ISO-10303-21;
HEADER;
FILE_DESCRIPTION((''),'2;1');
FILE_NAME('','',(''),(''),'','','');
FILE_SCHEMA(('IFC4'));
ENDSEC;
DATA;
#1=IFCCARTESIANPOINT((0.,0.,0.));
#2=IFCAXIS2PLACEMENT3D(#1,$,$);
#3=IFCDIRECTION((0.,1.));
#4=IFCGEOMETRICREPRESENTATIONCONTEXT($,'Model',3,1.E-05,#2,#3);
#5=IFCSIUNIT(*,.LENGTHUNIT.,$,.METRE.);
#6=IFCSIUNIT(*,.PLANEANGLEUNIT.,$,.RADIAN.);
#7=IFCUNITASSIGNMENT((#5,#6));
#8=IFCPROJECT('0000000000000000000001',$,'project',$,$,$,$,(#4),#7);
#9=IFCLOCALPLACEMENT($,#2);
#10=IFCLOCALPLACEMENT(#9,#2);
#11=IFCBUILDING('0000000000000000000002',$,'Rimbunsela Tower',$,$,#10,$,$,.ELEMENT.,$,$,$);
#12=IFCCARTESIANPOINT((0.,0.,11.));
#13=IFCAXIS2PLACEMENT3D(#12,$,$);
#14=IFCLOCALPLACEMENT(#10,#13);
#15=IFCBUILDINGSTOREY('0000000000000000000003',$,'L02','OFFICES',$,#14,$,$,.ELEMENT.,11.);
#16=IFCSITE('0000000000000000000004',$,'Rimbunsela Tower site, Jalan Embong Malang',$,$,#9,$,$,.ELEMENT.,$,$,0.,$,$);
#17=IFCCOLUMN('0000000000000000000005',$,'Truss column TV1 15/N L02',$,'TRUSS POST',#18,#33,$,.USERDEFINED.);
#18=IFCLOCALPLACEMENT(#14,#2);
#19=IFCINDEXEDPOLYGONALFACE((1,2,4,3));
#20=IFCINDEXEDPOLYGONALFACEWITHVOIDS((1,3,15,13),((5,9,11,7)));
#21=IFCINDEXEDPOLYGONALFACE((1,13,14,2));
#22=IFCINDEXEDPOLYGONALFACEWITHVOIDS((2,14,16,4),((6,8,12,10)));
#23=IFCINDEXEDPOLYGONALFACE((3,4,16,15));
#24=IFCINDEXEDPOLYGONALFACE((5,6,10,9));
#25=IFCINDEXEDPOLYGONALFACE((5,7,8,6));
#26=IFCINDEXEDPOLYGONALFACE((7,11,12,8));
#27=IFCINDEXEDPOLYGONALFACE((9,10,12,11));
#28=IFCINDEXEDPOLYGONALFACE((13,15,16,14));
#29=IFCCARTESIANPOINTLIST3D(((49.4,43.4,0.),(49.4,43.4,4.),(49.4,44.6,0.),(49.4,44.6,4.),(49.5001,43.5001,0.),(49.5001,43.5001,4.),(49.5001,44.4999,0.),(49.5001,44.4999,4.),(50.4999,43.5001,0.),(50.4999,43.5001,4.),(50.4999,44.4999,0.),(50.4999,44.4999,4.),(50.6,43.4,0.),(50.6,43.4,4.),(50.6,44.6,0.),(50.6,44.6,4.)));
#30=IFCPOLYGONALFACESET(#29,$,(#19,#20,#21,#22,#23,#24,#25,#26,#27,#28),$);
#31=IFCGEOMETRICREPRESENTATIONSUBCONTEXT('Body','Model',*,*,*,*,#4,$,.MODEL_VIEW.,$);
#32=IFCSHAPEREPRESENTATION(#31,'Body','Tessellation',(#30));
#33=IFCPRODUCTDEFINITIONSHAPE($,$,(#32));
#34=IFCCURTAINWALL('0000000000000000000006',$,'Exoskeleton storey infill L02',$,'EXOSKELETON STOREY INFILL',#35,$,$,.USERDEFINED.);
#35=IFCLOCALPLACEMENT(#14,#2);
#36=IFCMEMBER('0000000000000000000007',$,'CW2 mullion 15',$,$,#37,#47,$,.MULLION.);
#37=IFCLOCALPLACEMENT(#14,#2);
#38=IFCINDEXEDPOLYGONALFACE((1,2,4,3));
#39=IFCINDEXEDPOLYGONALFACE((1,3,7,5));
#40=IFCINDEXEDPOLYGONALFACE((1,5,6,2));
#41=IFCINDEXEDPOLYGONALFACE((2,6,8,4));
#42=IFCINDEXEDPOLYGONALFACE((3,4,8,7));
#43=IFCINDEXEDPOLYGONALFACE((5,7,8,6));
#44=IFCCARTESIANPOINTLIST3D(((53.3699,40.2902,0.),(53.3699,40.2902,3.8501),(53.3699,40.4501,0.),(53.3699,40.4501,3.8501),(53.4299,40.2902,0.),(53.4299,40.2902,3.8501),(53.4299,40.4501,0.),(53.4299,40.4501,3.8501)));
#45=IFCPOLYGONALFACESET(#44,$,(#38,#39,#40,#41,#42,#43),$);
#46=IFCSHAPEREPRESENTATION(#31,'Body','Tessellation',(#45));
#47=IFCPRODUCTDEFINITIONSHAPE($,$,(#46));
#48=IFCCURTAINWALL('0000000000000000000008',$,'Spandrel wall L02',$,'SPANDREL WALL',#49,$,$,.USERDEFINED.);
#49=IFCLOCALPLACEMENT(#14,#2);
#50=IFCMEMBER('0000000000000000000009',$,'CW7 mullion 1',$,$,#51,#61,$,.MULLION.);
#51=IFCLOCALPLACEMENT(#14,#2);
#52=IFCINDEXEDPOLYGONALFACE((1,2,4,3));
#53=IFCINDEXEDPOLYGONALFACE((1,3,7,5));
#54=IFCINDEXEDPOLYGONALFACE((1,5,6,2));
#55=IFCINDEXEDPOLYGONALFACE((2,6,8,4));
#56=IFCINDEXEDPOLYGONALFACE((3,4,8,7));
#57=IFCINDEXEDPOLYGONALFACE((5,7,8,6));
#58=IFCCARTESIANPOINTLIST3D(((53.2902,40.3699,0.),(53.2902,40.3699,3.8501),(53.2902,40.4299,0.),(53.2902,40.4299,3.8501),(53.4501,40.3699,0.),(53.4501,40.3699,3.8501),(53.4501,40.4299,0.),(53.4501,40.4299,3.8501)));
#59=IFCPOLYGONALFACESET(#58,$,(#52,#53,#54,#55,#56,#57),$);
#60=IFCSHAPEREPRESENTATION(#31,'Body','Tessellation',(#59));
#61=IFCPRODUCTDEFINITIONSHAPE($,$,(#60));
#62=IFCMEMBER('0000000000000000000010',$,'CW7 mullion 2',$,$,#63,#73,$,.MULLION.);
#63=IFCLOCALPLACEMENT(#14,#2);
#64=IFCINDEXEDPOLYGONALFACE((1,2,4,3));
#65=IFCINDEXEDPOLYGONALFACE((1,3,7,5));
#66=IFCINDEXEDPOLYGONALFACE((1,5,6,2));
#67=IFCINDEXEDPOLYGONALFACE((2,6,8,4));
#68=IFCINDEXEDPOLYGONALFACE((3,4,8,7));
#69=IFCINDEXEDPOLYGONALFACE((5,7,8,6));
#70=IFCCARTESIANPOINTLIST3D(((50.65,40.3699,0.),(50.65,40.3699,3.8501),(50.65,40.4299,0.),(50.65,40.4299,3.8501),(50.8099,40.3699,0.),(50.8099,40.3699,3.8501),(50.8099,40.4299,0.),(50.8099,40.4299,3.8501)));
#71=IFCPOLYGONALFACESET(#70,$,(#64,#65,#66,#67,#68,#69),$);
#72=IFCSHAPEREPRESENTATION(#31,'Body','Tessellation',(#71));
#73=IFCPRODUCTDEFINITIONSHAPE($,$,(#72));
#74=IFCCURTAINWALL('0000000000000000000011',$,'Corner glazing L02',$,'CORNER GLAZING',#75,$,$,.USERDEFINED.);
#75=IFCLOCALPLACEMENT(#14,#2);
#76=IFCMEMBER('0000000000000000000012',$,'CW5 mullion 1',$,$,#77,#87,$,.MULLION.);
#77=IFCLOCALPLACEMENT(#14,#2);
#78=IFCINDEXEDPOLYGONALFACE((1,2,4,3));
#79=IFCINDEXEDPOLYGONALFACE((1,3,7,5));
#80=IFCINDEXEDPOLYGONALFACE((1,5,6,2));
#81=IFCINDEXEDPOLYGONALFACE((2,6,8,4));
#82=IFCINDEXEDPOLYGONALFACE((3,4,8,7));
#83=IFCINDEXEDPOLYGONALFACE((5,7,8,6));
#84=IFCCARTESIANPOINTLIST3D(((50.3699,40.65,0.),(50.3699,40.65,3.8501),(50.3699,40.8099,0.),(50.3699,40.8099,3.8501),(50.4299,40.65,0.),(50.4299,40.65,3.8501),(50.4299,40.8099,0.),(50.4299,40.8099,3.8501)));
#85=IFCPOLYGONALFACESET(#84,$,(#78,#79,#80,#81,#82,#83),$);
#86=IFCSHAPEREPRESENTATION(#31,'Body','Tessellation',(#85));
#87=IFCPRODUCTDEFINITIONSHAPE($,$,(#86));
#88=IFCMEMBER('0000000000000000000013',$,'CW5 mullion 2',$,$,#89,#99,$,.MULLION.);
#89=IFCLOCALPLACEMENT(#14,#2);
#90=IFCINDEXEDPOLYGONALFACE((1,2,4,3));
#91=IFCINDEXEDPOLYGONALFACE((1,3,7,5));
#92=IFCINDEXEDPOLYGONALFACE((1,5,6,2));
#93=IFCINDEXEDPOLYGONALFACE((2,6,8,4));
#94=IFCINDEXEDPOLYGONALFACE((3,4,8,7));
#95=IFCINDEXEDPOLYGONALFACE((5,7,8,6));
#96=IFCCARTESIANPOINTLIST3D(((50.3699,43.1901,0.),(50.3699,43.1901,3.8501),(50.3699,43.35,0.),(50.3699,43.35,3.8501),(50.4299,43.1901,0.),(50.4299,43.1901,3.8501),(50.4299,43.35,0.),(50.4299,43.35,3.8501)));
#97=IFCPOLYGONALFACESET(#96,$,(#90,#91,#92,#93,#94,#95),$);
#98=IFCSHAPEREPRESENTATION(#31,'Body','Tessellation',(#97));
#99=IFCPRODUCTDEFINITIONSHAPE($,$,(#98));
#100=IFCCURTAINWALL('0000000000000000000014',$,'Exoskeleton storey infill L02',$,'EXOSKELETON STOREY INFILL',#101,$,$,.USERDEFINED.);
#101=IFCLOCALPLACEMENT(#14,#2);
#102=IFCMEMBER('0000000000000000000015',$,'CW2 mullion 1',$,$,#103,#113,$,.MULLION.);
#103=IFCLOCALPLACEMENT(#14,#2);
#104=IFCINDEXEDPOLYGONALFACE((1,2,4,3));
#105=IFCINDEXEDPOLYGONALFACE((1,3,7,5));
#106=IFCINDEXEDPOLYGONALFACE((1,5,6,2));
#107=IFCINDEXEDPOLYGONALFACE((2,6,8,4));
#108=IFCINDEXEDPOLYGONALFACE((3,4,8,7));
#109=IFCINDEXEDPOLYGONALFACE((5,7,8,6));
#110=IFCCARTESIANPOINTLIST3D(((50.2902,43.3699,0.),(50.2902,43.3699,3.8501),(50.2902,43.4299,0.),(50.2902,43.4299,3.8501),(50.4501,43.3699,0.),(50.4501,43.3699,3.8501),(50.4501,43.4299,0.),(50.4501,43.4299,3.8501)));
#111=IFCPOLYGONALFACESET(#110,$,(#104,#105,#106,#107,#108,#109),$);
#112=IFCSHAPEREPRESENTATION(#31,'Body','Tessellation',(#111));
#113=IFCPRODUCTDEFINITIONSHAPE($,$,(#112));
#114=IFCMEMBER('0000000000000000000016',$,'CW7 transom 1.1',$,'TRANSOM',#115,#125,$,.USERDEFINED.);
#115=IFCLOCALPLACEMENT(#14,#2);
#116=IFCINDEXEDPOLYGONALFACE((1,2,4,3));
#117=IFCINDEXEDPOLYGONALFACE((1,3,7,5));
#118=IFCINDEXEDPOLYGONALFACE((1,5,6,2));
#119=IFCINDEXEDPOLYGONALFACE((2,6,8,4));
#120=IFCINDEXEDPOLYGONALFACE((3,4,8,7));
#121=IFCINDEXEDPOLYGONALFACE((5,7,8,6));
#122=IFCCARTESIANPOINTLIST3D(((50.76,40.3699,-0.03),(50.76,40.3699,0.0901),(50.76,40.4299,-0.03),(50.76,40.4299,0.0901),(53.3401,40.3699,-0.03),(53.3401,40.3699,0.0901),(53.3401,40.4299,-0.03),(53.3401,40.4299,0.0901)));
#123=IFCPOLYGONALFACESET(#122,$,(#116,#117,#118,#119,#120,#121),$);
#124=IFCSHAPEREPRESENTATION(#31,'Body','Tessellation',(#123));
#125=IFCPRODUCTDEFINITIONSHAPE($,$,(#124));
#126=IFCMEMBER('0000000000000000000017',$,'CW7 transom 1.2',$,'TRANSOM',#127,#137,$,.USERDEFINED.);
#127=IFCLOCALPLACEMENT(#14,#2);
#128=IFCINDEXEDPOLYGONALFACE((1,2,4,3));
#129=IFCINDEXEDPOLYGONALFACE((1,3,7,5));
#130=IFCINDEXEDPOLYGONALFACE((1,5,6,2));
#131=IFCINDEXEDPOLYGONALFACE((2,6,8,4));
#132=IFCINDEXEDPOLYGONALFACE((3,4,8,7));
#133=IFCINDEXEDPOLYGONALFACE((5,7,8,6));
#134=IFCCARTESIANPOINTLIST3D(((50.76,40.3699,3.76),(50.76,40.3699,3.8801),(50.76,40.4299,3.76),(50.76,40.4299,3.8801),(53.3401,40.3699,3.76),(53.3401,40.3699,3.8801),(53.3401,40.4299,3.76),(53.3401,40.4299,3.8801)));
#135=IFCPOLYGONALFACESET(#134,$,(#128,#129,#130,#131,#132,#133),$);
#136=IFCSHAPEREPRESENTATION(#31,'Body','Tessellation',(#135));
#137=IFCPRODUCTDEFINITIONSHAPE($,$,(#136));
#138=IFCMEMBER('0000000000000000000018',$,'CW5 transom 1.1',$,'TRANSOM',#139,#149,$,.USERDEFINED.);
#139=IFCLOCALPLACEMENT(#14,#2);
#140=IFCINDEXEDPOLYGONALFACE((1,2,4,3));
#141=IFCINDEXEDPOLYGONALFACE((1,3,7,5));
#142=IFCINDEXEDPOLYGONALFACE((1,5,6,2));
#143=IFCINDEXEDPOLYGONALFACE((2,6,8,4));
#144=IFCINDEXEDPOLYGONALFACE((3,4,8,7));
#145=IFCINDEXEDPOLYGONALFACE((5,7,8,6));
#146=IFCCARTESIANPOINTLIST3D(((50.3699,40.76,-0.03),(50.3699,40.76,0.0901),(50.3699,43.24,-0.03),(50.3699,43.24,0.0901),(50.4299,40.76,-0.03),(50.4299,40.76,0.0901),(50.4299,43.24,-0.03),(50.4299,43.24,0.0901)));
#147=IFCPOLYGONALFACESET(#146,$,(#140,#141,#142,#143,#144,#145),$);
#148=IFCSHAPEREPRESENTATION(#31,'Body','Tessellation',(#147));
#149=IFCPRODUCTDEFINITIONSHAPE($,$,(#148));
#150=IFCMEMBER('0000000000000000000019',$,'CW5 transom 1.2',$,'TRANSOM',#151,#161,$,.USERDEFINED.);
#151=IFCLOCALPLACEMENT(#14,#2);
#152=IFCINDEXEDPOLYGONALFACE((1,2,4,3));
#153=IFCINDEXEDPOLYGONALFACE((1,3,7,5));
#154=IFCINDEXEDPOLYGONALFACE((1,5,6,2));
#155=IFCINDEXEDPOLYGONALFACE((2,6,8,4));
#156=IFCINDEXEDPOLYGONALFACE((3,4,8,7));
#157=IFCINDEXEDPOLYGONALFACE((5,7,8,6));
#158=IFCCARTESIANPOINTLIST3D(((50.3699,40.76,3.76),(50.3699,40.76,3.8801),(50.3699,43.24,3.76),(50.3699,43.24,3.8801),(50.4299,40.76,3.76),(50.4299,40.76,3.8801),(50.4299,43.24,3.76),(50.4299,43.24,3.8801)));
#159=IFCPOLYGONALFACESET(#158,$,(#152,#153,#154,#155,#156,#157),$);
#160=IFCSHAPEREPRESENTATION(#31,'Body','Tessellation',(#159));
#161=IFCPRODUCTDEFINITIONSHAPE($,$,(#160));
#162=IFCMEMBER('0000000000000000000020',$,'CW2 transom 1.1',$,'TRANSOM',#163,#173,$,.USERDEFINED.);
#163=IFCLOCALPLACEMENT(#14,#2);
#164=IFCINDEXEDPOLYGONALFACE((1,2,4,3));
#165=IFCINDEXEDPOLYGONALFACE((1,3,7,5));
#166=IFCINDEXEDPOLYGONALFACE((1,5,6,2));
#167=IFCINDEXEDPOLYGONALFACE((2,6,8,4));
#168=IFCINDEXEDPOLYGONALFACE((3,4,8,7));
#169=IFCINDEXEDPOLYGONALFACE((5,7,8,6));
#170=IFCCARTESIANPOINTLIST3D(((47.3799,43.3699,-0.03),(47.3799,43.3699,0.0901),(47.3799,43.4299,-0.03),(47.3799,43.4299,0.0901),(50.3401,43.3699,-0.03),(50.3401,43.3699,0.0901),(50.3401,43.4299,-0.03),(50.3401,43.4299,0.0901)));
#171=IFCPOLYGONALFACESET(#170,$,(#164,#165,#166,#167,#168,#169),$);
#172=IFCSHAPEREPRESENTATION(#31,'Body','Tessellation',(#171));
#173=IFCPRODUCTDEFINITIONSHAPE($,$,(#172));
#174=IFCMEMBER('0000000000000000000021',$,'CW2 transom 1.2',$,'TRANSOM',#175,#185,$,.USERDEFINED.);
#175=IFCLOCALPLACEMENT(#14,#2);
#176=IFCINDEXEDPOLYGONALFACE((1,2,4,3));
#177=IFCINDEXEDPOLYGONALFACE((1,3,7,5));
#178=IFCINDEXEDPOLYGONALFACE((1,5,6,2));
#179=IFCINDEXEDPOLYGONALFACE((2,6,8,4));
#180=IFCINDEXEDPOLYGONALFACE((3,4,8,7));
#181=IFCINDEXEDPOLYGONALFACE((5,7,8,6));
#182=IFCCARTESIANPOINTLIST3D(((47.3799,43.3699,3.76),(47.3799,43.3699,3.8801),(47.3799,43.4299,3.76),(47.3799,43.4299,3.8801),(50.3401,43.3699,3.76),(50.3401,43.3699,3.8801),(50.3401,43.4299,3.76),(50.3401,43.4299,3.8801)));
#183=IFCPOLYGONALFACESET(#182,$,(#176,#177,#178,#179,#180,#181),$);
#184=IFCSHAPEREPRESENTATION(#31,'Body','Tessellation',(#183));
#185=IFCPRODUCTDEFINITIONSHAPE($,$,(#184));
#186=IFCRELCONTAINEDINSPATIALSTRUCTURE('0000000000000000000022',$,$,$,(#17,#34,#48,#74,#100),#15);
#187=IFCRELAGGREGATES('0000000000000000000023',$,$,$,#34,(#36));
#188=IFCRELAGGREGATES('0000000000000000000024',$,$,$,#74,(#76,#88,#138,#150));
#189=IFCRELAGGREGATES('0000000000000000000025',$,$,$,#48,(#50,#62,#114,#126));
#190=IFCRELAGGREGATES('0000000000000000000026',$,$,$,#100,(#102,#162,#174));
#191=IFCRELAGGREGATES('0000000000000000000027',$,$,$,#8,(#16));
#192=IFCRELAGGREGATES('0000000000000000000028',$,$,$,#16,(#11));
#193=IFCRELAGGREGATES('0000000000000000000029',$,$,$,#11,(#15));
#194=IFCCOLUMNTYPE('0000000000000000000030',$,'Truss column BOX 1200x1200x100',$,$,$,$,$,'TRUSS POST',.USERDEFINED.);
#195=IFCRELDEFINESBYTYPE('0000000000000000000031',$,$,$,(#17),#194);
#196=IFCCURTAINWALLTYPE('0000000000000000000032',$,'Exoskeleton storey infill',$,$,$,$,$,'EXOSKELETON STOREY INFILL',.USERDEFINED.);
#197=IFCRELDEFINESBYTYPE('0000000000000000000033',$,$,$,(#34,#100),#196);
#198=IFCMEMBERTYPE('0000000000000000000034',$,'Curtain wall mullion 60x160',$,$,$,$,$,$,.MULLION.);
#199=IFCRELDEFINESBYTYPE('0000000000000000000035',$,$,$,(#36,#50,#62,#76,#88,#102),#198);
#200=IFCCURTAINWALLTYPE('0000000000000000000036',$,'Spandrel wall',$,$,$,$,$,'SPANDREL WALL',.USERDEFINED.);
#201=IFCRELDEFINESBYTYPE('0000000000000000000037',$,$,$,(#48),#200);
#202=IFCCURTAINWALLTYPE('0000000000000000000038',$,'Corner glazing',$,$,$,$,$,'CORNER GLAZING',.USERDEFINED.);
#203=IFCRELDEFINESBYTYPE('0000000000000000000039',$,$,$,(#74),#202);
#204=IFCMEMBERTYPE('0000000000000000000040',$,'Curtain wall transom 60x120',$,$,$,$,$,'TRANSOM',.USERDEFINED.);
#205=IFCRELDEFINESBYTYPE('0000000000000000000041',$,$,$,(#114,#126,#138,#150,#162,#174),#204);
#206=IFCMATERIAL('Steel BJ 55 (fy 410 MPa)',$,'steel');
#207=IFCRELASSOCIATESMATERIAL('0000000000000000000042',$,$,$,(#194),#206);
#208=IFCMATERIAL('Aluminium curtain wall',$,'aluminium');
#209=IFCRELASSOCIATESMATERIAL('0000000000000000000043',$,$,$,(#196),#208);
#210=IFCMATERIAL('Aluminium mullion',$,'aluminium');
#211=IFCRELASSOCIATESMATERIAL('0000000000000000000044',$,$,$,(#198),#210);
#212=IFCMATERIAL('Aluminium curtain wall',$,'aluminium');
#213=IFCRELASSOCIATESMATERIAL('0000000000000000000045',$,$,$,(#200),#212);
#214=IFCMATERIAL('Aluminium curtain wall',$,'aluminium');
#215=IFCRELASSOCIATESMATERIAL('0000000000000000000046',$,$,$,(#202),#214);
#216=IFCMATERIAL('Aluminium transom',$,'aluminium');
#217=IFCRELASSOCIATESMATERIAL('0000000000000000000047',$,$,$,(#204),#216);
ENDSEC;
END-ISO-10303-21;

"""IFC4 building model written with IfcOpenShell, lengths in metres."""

from ifc_helpers import new_model, si_unit, direction, frame, origin, origin_2d, place, context, subcontext, project, spatial, rectangle, hollow_rectangle, extrude, material, material_profile, profile_set, type_object, element, aggregate, save


model = new_model("IFC4")

# Units and contexts
model_context = context("Model", 3, precision=1e-05, world=origin(), true_north=direction((0.0, 1.0)))
body_context = subcontext(model_context, "Body", "Model", "MODEL_VIEW")
ifc_project = project(units=[si_unit("LENGTHUNIT", "METRE"), si_unit("PLANEANGLEUNIT", "RADIAN")], contexts=[model_context])

# Site, building, storey
site_placement = place(None, origin())
site = spatial("IfcSite", under=ifc_project, at=site_placement, Name="Rimbunsela Tower site, Jalan Embong Malang", CompositionType="ELEMENT", RefElevation=0.0)
building_placement = place(site_placement, origin())
building = spatial("IfcBuilding", under=site, at=building_placement, Name="Rimbunsela Tower", CompositionType="ELEMENT")
storey_placement = place(building_placement, frame((0.0, 0.0, 11.0)))
storey = spatial("IfcBuildingStorey", under=building, at=storey_placement, Name="L02", Description="OFFICES", CompositionType="ELEMENT", Elevation=11.0)

# Column
ifc_material_1 = material(Name="Steel BJ 55 (fy 410 MPa)", Category="steel")
ifc_material_profile_1 = material_profile(ifc_material_1, hollow_rectangle(XDim=1.2, YDim=1.2, WallThickness=0.1001, at=origin_2d()), Name="BOX 1200x1200x100")
ifc_profile_set_1 = profile_set([ifc_material_profile_1], Name="Steel BJ 55 (fy 410 MPa)")
column_type = type_object("IfcColumnType", Name="Truss column BOX 1200x1200x100", ElementType="TRUSS POST", PredefinedType="USERDEFINED", material=ifc_profile_set_1)
column_placement = place(storey_placement, frame((50.0, 44.0, 0.0), z_axis=(0.0, 0.0, 1.0), x_axis=(1.0, 0.0, 0.0)))
element("IfcColumn", 1, at=column_placement, inside=storey, type_object=column_type, Name="Truss column TV1 15/N L02", ObjectType="TRUSS POST", PredefinedType="USERDEFINED", context=body_context, shape_type="SweptSolid", body=[
    extrude(hollow_rectangle(XDim=1.2, YDim=1.2, WallThickness=0.1001, at=origin_2d()), origin(), (0.0, 0.0, 1.0), 4.0),
])

# Curtain wall, member
ifc_material_2 = material(Name="Aluminium curtain wall", Category="aluminium")
curtain_wall_type_1 = type_object("IfcCurtainWallType", Name="Exoskeleton storey infill", ElementType="EXOSKELETON STOREY INFILL", PredefinedType="USERDEFINED", material=ifc_material_2)
curtain_wall_1_placement = place(storey_placement, origin())
curtain_wall_1 = element("IfcCurtainWall", 2, at=curtain_wall_1_placement, inside=storey, type_object=curtain_wall_type_1, Name="Exoskeleton storey infill L02", ObjectType="EXOSKELETON STOREY INFILL", PredefinedType="USERDEFINED")
ifc_material_3 = material(Name="Aluminium mullion", Category="aluminium")
ifc_material_profile_2 = material_profile(ifc_material_3, rectangle(XDim=0.0601, YDim=0.1599, at=origin_2d()), Name="Mullion 60x160")
ifc_profile_set_2 = profile_set([ifc_material_profile_2], Name="Aluminium mullion")
member_type_1 = type_object("IfcMemberType", Name="Curtain wall mullion 60x160", PredefinedType="MULLION", material=ifc_profile_set_2)
member_1_placement = place(storey_placement, frame((53.3999, 40.3701, 0.0), z_axis=(0.0, 0.0, 1.0), x_axis=(-1.0, 0.0, 0.0)))
member_1 = element("IfcMember", 3, at=member_1_placement, type_object=member_type_1, Name="CW2 mullion 15", PredefinedType="MULLION", context=body_context, shape_type="SweptSolid", body=[
    extrude(rectangle(XDim=0.0601, YDim=0.1599, at=origin_2d()), origin(), (0.0, 0.0, 1.0), 3.8501),
])
aggregate(curtain_wall_1, [member_1])

# Curtain walls, members
ifc_material_4 = material(Name="Aluminium curtain wall", Category="aluminium")
curtain_wall_type_2 = type_object("IfcCurtainWallType", Name="Spandrel wall", ElementType="SPANDREL WALL", PredefinedType="USERDEFINED", material=ifc_material_4)
curtain_wall_2_placement = place(storey_placement, origin())
curtain_wall_2 = element("IfcCurtainWall", 4, at=curtain_wall_2_placement, inside=storey, type_object=curtain_wall_type_2, Name="Spandrel wall L02", ObjectType="SPANDREL WALL", PredefinedType="USERDEFINED")
member_2_placement = place(storey_placement, frame((53.3701, 40.3999, 0.0), z_axis=(0.0, 0.0, 1.0), x_axis=(0.0, -1.0, 0.0)))
member_2 = element("IfcMember", 5, at=member_2_placement, type_object=member_type_1, Name="CW7 mullion 1", PredefinedType="MULLION", context=body_context, shape_type="SweptSolid", body=[
    extrude(rectangle(XDim=0.0601, YDim=0.1599, at=origin_2d()), origin(), (0.0, 0.0, 1.0), 3.8501),
])
member_3_placement = place(storey_placement, frame((50.73, 40.3999, 0.0), z_axis=(0.0, 0.0, 1.0), x_axis=(0.0, -1.0, 0.0)))
member_3 = element("IfcMember", 6, at=member_3_placement, type_object=member_type_1, Name="CW7 mullion 2", PredefinedType="MULLION", context=body_context, shape_type="SweptSolid", body=[
    extrude(rectangle(XDim=0.0601, YDim=0.1599, at=origin_2d()), origin(), (0.0, 0.0, 1.0), 3.8501),
])
ifc_material_5 = material(Name="Aluminium curtain wall", Category="aluminium")
curtain_wall_type_3 = type_object("IfcCurtainWallType", Name="Corner glazing", ElementType="CORNER GLAZING", PredefinedType="USERDEFINED", material=ifc_material_5)
curtain_wall_3_placement = place(storey_placement, origin())
curtain_wall_3 = element("IfcCurtainWall", 7, at=curtain_wall_3_placement, inside=storey, type_object=curtain_wall_type_3, Name="Corner glazing L02", ObjectType="CORNER GLAZING", PredefinedType="USERDEFINED")
member_4_placement = place(storey_placement, frame((50.3999, 40.73, 0.0), z_axis=(0.0, 0.0, 1.0), x_axis=(-1.0, 0.0, 0.0)))
member_4 = element("IfcMember", 8, at=member_4_placement, type_object=member_type_1, Name="CW5 mullion 1", PredefinedType="MULLION", context=body_context, shape_type="SweptSolid", body=[
    extrude(rectangle(XDim=0.0601, YDim=0.1599, at=origin_2d()), origin(), (0.0, 0.0, 1.0), 3.8501),
])
member_5_placement = place(storey_placement, frame((50.3999, 43.27, 0.0), z_axis=(0.0, 0.0, 1.0), x_axis=(-1.0, 0.0, 0.0)))
member_5 = element("IfcMember", 9, at=member_5_placement, type_object=member_type_1, Name="CW5 mullion 2", PredefinedType="MULLION", context=body_context, shape_type="SweptSolid", body=[
    extrude(rectangle(XDim=0.0601, YDim=0.1599, at=origin_2d()), origin(), (0.0, 0.0, 1.0), 3.8501),
])

# Curtain wall, member
curtain_wall_4_placement = place(storey_placement, origin())
curtain_wall_4 = element("IfcCurtainWall", 10, at=curtain_wall_4_placement, inside=storey, type_object=curtain_wall_type_1, Name="Exoskeleton storey infill L02", ObjectType="EXOSKELETON STOREY INFILL", PredefinedType="USERDEFINED")
member_6_placement = place(storey_placement, frame((50.3701, 43.3999, 0.0), z_axis=(0.0, 0.0, 1.0), x_axis=(0.0, -1.0, 0.0)))
member_6 = element("IfcMember", 11, at=member_6_placement, type_object=member_type_1, Name="CW2 mullion 1", PredefinedType="MULLION", context=body_context, shape_type="SweptSolid", body=[
    extrude(rectangle(XDim=0.0601, YDim=0.1599, at=origin_2d()), origin(), (0.0, 0.0, 1.0), 3.8501),
])

# Members
ifc_material_6 = material(Name="Aluminium transom", Category="aluminium")
ifc_material_profile_3 = material_profile(ifc_material_6, rectangle(XDim=0.0601, YDim=0.1201, at=origin_2d()), Name="Transom 60x120")
ifc_profile_set_3 = profile_set([ifc_material_profile_3], Name="Aluminium transom")
member_type_2 = type_object("IfcMemberType", Name="Curtain wall transom 60x120", ElementType="TRANSOM", PredefinedType="USERDEFINED", material=ifc_profile_set_3)
member_7_placement = place(storey_placement, frame((53.3401, 40.3999, 0.03), z_axis=(-1.0, 0.0, 0.0), x_axis=(0.0, -1.0, 0.0)))
member_7 = element("IfcMember", 12, at=member_7_placement, type_object=member_type_2, Name="CW7 transom 1.1", ObjectType="TRANSOM", PredefinedType="USERDEFINED", context=body_context, shape_type="SweptSolid", body=[
    extrude(rectangle(XDim=0.0601, YDim=0.1201, at=origin_2d()), origin(), (0.0, 0.0, 1.0), 2.5801),
])
member_8_placement = place(storey_placement, frame((53.3401, 40.3999, 3.8201), z_axis=(-1.0, 0.0, 0.0), x_axis=(0.0, -1.0, 0.0)))
member_8 = element("IfcMember", 13, at=member_8_placement, type_object=member_type_2, Name="CW7 transom 1.2", ObjectType="TRANSOM", PredefinedType="USERDEFINED", context=body_context, shape_type="SweptSolid", body=[
    extrude(rectangle(XDim=0.0601, YDim=0.1201, at=origin_2d()), origin(), (0.0, 0.0, 1.0), 2.5801),
])
member_9_placement = place(storey_placement, frame((50.3999, 40.76, 0.03), z_axis=(0.0, 1.0, 0.0), x_axis=(-1.0, 0.0, 0.0)))
member_9 = element("IfcMember", 14, at=member_9_placement, type_object=member_type_2, Name="CW5 transom 1.1", ObjectType="TRANSOM", PredefinedType="USERDEFINED", context=body_context, shape_type="SweptSolid", body=[
    extrude(rectangle(XDim=0.0601, YDim=0.1201, at=origin_2d()), origin(), (0.0, 0.0, 1.0), 2.48),
])
member_10_placement = place(storey_placement, frame((50.3999, 40.76, 3.8201), z_axis=(0.0, 1.0, 0.0), x_axis=(-1.0, 0.0, 0.0)))
member_10 = element("IfcMember", 15, at=member_10_placement, type_object=member_type_2, Name="CW5 transom 1.2", ObjectType="TRANSOM", PredefinedType="USERDEFINED", context=body_context, shape_type="SweptSolid", body=[
    extrude(rectangle(XDim=0.0601, YDim=0.1201, at=origin_2d()), origin(), (0.0, 0.0, 1.0), 2.48),
])
member_11_placement = place(storey_placement, frame((50.3401, 43.3999, 0.03), z_axis=(-1.0, 0.0, 0.0), x_axis=(0.0, -1.0, 0.0)))
member_11 = element("IfcMember", 16, at=member_11_placement, type_object=member_type_2, Name="CW2 transom 1.1", ObjectType="TRANSOM", PredefinedType="USERDEFINED", context=body_context, shape_type="SweptSolid", body=[
    extrude(rectangle(XDim=0.0601, YDim=0.1201, at=origin_2d()), origin(), (0.0, 0.0, 1.0), 2.9602),
])
member_12_placement = place(storey_placement, frame((50.3401, 43.3999, 3.8201), z_axis=(-1.0, 0.0, 0.0), x_axis=(0.0, -1.0, 0.0)))
member_12 = element("IfcMember", 17, at=member_12_placement, type_object=member_type_2, Name="CW2 transom 1.2", ObjectType="TRANSOM", PredefinedType="USERDEFINED", context=body_context, shape_type="SweptSolid", body=[
    extrude(rectangle(XDim=0.0601, YDim=0.1201, at=origin_2d()), origin(), (0.0, 0.0, 1.0), 2.9602),
])

aggregate(curtain_wall_3, [member_4, member_5, member_9, member_10])
aggregate(curtain_wall_2, [member_2, member_3, member_7, member_8])
aggregate(curtain_wall_4, [member_6, member_11, member_12])

save(model, "model.ifc")
